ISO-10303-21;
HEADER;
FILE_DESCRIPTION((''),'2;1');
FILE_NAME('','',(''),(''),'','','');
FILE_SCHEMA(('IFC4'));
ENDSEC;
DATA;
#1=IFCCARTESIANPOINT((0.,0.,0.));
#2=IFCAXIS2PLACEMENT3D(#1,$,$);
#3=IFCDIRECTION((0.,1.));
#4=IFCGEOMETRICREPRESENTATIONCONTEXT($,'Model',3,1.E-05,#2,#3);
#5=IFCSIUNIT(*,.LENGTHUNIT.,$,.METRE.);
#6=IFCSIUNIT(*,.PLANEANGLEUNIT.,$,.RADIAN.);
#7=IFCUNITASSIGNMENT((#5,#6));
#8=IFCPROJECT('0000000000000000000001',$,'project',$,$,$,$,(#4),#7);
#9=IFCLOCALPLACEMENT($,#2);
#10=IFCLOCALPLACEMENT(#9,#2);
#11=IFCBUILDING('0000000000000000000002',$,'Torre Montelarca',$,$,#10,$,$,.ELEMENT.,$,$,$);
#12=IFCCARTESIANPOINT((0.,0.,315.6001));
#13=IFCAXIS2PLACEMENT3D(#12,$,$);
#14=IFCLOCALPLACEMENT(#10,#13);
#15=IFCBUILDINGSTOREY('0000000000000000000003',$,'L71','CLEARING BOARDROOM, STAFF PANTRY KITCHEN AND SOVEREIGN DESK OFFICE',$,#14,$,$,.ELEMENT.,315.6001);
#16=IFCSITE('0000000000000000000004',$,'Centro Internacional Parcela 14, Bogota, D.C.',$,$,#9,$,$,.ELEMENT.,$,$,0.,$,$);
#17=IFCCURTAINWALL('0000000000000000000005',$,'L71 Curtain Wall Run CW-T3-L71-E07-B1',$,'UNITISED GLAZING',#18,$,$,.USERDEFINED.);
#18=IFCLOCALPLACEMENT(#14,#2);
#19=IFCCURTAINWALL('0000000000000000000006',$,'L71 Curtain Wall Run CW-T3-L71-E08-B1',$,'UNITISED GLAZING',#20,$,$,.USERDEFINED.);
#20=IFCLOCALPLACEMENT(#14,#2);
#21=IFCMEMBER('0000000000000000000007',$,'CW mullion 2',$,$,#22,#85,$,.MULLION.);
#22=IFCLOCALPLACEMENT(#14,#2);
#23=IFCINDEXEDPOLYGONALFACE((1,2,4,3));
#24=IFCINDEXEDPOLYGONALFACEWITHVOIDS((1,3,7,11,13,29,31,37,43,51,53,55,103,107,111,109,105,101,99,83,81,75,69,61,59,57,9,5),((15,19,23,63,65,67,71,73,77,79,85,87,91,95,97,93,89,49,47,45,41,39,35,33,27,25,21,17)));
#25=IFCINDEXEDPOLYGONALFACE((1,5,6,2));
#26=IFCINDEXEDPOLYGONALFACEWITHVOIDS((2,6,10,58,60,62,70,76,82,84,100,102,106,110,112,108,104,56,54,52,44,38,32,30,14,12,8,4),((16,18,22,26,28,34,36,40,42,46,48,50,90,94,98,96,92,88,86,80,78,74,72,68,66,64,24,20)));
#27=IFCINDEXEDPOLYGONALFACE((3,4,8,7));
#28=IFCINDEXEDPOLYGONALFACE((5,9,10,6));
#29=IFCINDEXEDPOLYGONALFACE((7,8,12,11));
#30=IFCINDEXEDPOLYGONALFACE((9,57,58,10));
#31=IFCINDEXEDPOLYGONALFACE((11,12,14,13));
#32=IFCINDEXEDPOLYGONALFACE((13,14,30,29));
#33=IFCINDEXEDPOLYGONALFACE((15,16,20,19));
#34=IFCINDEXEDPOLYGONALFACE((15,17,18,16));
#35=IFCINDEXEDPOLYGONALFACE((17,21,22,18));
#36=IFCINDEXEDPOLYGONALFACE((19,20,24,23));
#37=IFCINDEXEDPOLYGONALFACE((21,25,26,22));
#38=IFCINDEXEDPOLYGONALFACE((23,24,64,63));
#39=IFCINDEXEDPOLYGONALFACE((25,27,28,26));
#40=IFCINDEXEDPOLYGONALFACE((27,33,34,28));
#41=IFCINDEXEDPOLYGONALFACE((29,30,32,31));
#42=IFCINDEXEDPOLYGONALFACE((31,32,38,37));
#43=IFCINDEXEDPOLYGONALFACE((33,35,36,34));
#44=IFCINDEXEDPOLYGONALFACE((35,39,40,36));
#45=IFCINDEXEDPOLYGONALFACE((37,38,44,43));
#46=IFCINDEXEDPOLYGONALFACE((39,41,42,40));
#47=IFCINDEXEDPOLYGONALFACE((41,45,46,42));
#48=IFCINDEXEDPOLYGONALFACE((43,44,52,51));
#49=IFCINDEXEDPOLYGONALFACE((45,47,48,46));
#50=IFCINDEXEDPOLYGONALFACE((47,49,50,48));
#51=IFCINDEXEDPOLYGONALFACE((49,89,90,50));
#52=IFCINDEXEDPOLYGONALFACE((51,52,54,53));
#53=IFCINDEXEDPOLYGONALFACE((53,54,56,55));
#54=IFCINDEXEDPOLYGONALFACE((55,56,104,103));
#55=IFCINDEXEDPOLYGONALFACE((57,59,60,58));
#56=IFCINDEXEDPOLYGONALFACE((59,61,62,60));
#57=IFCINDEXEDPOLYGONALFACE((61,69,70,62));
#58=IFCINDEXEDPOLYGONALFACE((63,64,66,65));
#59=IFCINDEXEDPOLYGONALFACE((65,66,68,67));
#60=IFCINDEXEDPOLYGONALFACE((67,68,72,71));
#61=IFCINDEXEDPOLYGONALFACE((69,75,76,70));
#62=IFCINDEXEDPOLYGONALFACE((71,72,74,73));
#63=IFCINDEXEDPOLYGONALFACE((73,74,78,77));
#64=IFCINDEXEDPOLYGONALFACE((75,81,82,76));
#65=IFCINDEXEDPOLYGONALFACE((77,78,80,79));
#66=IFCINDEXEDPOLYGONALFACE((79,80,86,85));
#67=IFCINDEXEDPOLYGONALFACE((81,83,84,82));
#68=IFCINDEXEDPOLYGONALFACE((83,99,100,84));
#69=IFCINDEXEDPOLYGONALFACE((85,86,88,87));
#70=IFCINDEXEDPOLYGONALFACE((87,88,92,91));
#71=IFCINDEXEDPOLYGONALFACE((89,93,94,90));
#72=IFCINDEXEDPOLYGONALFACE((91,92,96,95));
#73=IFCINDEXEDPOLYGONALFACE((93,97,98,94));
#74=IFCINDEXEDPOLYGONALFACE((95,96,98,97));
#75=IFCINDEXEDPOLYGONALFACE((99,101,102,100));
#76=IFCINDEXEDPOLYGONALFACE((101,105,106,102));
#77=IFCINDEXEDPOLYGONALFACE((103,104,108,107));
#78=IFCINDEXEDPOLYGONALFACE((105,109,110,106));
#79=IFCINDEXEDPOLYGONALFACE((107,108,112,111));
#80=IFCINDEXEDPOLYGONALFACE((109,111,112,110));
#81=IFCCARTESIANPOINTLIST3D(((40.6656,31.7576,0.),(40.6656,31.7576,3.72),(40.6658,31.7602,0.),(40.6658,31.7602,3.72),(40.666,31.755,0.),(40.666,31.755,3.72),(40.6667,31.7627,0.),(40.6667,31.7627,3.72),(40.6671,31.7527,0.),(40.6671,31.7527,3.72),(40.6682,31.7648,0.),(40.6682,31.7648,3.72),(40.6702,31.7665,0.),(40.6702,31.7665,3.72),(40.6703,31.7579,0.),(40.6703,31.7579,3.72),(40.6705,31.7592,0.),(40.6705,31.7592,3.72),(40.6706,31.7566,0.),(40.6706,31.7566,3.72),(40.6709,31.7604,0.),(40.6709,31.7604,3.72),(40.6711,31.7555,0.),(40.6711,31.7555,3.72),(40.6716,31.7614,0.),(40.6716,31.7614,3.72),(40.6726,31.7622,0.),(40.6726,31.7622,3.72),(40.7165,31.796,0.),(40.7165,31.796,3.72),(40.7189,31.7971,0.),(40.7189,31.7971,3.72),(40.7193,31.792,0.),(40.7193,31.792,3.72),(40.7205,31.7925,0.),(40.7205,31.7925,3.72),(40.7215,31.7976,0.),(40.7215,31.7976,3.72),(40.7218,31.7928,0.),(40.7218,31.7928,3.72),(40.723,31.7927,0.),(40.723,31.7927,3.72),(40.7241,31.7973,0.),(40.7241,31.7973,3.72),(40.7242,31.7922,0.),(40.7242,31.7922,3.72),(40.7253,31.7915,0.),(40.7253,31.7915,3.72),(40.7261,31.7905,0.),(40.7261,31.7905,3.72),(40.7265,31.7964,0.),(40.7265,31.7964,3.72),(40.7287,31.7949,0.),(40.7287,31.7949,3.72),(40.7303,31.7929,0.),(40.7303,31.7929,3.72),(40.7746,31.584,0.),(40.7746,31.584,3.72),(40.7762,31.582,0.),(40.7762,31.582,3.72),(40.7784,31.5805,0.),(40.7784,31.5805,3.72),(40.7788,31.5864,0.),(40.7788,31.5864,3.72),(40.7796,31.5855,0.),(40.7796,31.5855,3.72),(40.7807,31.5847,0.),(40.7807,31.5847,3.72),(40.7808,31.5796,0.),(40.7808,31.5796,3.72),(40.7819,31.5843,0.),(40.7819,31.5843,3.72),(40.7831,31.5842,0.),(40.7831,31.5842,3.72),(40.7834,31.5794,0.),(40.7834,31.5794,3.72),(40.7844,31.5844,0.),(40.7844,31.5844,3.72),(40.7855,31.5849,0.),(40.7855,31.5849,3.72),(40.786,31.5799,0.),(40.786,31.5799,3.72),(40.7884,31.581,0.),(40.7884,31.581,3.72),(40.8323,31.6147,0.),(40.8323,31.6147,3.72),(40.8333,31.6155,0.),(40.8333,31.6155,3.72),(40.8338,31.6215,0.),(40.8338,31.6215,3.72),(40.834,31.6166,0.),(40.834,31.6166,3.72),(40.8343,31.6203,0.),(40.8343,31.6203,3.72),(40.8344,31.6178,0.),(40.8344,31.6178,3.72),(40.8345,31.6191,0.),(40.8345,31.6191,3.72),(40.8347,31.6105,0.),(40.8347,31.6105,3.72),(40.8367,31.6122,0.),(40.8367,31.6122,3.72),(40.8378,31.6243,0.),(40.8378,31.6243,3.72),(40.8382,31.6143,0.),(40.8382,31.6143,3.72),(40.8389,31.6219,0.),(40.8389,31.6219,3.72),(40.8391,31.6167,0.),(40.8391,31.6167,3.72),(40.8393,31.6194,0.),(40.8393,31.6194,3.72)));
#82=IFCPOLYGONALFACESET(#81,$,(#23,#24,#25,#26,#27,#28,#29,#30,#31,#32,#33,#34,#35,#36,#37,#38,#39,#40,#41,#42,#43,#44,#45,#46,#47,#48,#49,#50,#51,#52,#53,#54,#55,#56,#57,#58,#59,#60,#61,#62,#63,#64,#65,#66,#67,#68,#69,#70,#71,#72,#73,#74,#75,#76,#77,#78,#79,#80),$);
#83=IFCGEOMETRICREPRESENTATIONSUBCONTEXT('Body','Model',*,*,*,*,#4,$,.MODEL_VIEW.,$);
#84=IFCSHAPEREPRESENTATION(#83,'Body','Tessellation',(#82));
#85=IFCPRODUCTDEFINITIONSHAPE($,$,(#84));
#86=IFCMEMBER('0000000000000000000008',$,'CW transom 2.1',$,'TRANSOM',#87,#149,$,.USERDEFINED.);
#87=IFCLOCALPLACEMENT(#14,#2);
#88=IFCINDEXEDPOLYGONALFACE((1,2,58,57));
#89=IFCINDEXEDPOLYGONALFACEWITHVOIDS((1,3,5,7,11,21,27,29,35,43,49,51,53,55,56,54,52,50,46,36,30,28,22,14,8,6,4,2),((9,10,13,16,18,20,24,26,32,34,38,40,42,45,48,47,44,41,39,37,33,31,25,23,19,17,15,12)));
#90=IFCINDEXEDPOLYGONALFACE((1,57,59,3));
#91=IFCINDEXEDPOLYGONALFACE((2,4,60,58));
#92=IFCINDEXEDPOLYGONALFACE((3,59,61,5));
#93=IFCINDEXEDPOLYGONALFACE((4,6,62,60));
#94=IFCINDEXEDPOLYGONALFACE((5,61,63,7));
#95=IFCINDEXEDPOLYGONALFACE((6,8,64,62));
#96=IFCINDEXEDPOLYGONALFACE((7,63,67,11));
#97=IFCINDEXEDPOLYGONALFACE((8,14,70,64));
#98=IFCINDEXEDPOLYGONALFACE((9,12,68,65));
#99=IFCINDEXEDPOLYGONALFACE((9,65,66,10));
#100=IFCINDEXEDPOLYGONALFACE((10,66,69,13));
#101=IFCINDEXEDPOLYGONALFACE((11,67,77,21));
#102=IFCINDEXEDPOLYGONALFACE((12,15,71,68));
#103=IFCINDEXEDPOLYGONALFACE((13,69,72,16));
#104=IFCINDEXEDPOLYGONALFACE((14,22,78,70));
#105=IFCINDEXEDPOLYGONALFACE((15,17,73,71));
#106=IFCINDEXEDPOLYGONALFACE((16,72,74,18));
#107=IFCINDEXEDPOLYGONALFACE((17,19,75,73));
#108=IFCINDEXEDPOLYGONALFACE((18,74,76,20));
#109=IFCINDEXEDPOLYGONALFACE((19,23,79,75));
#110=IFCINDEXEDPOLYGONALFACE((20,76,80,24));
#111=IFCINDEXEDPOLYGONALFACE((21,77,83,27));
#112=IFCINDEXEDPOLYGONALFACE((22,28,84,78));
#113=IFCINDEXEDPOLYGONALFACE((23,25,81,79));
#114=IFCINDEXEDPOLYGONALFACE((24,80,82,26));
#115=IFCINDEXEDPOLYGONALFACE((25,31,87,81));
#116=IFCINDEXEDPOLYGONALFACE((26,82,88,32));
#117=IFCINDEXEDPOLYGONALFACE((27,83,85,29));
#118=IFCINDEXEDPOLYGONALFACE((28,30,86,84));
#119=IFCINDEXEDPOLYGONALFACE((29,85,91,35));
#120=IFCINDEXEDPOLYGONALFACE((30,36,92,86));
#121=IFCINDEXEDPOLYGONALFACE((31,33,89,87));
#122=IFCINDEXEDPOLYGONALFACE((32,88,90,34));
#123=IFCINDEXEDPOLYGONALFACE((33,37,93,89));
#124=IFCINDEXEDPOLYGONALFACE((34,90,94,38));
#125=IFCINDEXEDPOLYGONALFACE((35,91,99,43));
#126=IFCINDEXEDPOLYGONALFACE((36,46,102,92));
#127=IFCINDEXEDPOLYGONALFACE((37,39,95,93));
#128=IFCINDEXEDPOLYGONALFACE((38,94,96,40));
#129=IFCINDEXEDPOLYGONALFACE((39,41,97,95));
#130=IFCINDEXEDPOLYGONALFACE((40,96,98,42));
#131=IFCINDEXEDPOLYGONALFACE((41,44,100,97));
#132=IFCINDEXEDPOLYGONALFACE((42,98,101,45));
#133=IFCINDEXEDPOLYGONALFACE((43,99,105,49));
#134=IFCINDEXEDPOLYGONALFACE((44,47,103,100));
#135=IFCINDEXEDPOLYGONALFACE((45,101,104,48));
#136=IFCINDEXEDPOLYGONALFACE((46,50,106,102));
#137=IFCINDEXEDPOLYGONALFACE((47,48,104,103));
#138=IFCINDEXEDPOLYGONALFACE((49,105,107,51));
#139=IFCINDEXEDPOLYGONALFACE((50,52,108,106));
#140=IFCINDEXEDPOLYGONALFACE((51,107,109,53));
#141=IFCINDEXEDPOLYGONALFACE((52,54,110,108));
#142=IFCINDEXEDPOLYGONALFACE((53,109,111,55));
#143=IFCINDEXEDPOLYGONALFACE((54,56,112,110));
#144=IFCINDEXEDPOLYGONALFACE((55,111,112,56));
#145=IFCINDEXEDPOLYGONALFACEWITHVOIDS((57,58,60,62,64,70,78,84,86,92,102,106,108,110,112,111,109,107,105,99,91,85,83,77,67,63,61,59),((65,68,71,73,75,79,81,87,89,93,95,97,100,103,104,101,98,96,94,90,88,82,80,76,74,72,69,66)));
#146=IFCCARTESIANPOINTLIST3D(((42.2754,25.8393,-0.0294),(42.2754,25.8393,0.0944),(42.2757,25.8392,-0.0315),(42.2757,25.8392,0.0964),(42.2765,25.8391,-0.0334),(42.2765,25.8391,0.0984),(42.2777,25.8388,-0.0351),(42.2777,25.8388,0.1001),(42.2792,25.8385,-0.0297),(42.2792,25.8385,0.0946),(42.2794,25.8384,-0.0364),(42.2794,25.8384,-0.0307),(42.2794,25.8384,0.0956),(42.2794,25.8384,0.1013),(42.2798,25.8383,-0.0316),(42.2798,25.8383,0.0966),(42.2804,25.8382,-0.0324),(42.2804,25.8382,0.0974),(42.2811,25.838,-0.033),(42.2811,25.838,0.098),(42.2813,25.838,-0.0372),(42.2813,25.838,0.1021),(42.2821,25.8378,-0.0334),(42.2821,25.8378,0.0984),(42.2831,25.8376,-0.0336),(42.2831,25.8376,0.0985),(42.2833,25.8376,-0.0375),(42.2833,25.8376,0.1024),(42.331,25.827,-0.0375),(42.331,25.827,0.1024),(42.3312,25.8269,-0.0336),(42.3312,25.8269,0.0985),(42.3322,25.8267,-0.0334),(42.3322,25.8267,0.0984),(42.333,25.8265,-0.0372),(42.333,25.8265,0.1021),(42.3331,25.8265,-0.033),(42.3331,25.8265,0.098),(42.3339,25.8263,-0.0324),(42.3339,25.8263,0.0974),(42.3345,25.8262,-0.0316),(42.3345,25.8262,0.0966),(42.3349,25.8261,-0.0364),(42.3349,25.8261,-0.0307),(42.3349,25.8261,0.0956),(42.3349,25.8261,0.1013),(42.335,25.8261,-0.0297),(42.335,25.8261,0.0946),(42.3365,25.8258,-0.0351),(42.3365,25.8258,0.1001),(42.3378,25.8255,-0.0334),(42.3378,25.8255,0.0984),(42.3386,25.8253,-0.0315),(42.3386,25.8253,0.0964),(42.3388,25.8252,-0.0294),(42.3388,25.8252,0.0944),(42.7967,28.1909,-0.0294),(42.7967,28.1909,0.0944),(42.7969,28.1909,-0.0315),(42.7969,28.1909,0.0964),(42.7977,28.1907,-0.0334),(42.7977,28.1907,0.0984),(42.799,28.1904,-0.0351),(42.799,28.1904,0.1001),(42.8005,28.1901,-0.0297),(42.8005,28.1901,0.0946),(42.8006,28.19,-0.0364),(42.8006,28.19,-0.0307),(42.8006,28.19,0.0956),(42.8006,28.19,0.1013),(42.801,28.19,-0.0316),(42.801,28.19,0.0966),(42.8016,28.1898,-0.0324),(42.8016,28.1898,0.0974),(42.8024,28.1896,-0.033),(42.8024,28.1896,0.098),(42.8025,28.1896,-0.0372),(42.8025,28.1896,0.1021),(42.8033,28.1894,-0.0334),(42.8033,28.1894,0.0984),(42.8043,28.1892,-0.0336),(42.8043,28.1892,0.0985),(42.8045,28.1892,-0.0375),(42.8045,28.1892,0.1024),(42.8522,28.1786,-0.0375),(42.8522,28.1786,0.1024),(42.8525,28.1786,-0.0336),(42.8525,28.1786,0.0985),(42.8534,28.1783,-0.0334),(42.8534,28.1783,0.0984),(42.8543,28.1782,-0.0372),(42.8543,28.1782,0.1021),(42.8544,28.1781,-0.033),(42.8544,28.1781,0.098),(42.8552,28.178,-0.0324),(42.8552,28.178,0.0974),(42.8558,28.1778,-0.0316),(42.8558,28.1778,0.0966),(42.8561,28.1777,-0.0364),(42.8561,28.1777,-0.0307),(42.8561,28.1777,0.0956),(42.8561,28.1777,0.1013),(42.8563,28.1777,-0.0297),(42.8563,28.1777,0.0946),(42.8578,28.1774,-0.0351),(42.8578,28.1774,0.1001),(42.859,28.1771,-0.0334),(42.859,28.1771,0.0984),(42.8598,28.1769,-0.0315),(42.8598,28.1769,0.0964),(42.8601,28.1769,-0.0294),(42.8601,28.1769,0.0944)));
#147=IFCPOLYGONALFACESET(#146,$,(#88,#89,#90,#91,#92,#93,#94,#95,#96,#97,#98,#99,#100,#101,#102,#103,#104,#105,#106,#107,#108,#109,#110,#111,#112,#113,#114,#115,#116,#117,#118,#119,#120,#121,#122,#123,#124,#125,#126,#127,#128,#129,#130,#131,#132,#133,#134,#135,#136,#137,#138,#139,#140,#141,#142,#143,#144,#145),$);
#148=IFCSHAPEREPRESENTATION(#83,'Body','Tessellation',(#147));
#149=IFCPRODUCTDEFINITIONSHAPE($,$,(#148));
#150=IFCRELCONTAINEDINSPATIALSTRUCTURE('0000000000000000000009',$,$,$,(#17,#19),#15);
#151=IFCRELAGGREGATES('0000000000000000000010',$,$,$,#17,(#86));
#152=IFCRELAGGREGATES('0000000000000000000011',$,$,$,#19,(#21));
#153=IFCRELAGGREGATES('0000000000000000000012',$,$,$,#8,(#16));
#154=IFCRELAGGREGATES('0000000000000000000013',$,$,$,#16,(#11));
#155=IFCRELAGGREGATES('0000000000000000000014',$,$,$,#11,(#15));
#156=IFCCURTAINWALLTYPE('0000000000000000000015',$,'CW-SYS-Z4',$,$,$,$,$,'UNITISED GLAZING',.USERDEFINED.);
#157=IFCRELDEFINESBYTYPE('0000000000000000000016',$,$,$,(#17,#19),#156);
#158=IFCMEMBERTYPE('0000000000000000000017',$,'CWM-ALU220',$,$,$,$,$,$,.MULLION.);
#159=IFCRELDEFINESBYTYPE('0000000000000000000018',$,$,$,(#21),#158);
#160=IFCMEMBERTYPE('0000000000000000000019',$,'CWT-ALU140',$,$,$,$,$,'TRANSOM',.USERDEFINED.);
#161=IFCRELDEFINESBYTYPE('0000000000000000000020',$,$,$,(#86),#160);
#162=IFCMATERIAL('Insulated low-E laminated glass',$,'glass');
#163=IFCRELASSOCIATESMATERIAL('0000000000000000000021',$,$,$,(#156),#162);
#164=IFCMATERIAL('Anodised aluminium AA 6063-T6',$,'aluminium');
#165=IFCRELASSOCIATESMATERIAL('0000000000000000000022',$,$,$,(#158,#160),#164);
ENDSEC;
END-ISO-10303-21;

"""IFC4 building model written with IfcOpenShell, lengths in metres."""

from ifc_helpers import new_model, si_unit, direction, frame, origin, origin_2d, place, context, subcontext, project, spatial, hollow_rectangle, extrude, source, transform, mapped, material, material_profile, profile_set, type_object, element, aggregate, save


model = new_model("IFC4")

# Units and contexts
model_context = context("Model", 3, precision=1e-05, world=origin(), true_north=direction((0.0, 1.0)))
body_context = subcontext(model_context, "Body", "Model", "MODEL_VIEW")
ifc_project = project(units=[si_unit("LENGTHUNIT", "METRE"), si_unit("PLANEANGLEUNIT", "RADIAN")], contexts=[model_context])

# Site, building, storey
site_placement = place(None, origin())
site = spatial("IfcSite", under=ifc_project, at=site_placement, Name="Centro Internacional Parcela 14, Bogota, D.C.", CompositionType="ELEMENT", RefElevation=0.0)
building_placement = place(site_placement, origin())
building = spatial("IfcBuilding", under=site, at=building_placement, Name="Torre Montelarca", CompositionType="ELEMENT")
storey_placement = place(building_placement, frame((0.0, 0.0, 315.6001)))
storey = spatial("IfcBuildingStorey", under=building, at=storey_placement, Name="L71", Description="CLEARING BOARDROOM, STAFF PANTRY KITCHEN AND SOVEREIGN DESK OFFICE", CompositionType="ELEMENT", Elevation=315.6001)

# Curtain walls, member
ifc_material_1 = material(Name="Insulated low-E laminated glass", Category="glass")
curtain_wall_type = type_object("IfcCurtainWallType", Name="CW-SYS-Z4", ElementType="UNITISED GLAZING", PredefinedType="USERDEFINED", material=ifc_material_1)
ifc_material_2 = material(Name="Anodised aluminium AA 6063-T6", Category="aluminium")
ifc_material_profile_1 = material_profile(ifc_material_2, hollow_rectangle(XDim=0.075, YDim=0.22, WallThickness=0.0049, InnerFilletRadius=0.0049, OuterFilletRadius=0.01, at=origin_2d()), Name="ALU75X220X5", Category="aluminium")
ifc_profile_set_1 = profile_set([ifc_material_profile_1], Name="Anodised aluminium AA 6063-T6")
member_type_1 = type_object("IfcMemberType", Name="CWM-ALU220", PredefinedType="MULLION", material=ifc_profile_set_1)
shared_shape_1 = source(origin(), body_context, "Body", "SweptSolid", [
    extrude(hollow_rectangle(XDim=0.075, YDim=0.22, WallThickness=0.0049, InnerFilletRadius=0.0049, OuterFilletRadius=0.01, at=origin_2d()), origin(), (0.0, 0.0, 1.0), 3.72),
])
curtain_wall_1_placement = place(storey_placement, origin())
curtain_wall_1 = element("IfcCurtainWall", 1, at=curtain_wall_1_placement, inside=storey, type_object=curtain_wall_type, Name="L71 Curtain Wall Run CW-T3-L71-E07-B1", ObjectType="UNITISED GLAZING", PredefinedType="USERDEFINED")
curtain_wall_2_placement = place(storey_placement, origin())
curtain_wall_2 = element("IfcCurtainWall", 2, at=curtain_wall_2_placement, inside=storey, type_object=curtain_wall_type, Name="L71 Curtain Wall Run CW-T3-L71-E08-B1", ObjectType="UNITISED GLAZING", PredefinedType="USERDEFINED")
member_1_placement = place(storey_placement, frame((40.7524, 31.6885, 0.0), z_axis=(0.0, 0.0, 1.0), x_axis=(-0.843392, -0.537299, 0.0)))
member_1 = element("IfcMember", 3, at=member_1_placement, type_object=member_type_1, Name="CW mullion 2", PredefinedType="MULLION", context=body_context, shape_type="MappedRepresentation", body=[
    mapped(shared_shape_1, transform((0.0, 0.0, 0.0), scale=1.0)),
])

# Member
ifc_material_profile_2 = material_profile(ifc_material_2, hollow_rectangle(XDim=0.0649, YDim=0.1399, WallThickness=0.0039, InnerFilletRadius=0.0039, OuterFilletRadius=0.0081, at=origin_2d()), Name="ALU65X140X4", Category="aluminium")
ifc_profile_set_2 = profile_set([ifc_material_profile_2], Name="Anodised aluminium AA 6063-T6")
member_type_2 = type_object("IfcMemberType", Name="CWT-ALU140", ElementType="TRANSOM", PredefinedType="USERDEFINED", material=ifc_profile_set_2)
shared_shape_2 = source(origin(), body_context, "Body", "SweptSolid", [
    extrude(hollow_rectangle(XDim=0.0649, YDim=0.1399, WallThickness=0.0039, InnerFilletRadius=0.0039, OuterFilletRadius=0.0081, at=origin_2d()), origin(), (0.0, 0.0, 1.0), 2.4087),
])
member_2_placement = place(storey_placement, frame((42.3071, 25.8323, 0.0325), z_axis=(0.216405, 0.976304, 0.0), x_axis=(-0.976304, 0.216405, 0.0)))
member_2 = element("IfcMember", 4, at=member_2_placement, type_object=member_type_2, Name="CW transom 2.1", ObjectType="TRANSOM", PredefinedType="USERDEFINED", context=body_context, shape_type="MappedRepresentation", body=[
    mapped(shared_shape_2, transform((0.0, 0.0, 0.0), scale=1.0)),
])

aggregate(curtain_wall_1, [member_2])
aggregate(curtain_wall_2, [member_1])

save(model, "model.ifc")
